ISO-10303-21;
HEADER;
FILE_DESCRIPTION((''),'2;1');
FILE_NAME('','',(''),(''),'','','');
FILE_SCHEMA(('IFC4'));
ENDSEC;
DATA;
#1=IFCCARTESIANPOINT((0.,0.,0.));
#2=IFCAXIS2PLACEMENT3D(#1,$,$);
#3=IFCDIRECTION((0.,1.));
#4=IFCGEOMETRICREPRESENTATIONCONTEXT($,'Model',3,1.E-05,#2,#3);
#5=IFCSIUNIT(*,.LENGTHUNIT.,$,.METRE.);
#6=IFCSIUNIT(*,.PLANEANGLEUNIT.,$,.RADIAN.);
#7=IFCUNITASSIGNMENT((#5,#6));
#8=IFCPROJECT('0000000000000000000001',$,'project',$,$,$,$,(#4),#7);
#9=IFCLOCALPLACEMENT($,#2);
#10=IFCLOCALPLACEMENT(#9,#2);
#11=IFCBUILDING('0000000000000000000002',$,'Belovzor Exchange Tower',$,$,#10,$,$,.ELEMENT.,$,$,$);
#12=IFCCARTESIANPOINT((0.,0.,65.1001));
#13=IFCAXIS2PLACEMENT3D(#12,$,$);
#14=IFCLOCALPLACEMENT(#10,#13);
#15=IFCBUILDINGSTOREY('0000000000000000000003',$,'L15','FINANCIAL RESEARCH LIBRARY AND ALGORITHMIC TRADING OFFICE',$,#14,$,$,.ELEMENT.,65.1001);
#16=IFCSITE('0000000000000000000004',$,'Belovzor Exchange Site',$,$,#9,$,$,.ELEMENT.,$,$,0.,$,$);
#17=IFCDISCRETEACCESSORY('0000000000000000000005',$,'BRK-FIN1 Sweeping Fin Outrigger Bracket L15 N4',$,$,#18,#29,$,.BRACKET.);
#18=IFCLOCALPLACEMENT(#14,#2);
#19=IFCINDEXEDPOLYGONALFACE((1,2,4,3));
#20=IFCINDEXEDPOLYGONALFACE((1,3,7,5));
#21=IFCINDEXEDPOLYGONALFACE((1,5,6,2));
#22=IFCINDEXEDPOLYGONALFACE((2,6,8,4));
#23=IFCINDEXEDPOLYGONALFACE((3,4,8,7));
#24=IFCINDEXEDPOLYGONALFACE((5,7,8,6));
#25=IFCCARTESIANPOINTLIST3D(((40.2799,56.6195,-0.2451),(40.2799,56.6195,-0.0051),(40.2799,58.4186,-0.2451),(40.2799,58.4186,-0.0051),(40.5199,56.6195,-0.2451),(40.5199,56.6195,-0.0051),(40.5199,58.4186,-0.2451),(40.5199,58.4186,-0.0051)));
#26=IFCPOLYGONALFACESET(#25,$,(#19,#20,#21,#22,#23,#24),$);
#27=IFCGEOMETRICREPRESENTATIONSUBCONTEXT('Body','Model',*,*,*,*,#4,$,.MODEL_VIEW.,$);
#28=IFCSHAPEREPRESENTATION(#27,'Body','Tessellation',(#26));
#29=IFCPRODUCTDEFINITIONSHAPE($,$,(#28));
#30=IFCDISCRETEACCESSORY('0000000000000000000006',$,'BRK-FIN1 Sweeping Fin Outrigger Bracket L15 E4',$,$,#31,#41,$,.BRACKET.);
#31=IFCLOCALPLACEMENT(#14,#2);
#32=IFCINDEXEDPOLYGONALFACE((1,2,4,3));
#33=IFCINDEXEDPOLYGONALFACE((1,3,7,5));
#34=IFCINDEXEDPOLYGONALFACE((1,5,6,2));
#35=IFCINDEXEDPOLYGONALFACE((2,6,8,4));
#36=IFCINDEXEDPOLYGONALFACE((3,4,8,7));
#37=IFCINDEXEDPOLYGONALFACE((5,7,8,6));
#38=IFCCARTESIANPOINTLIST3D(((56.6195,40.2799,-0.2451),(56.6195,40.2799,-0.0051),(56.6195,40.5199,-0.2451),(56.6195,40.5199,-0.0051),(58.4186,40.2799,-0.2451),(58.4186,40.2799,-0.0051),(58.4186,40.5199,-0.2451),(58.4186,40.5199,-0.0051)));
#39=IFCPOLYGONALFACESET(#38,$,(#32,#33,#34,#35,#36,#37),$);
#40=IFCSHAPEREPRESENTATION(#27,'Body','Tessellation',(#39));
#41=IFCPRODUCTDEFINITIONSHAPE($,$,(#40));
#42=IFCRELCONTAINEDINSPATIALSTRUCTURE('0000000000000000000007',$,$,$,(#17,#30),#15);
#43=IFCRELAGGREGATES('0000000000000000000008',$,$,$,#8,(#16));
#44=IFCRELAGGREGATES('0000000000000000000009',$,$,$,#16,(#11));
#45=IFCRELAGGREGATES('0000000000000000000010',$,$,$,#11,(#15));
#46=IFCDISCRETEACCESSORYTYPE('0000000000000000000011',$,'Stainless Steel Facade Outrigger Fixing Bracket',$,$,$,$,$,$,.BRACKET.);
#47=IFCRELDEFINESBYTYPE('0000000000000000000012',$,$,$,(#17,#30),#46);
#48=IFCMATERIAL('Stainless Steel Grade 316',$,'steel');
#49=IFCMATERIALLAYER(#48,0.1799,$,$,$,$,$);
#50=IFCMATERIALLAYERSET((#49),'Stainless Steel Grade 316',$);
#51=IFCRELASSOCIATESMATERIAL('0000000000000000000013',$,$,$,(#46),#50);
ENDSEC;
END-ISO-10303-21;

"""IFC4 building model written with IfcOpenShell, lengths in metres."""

from ifc_helpers import new_model, si_unit, direction, frame, origin, origin_2d, place, context, subcontext, project, spatial, rectangle, extrude, material, layer, layer_set, type_object, element, save


model = new_model("IFC4")

# Units and contexts
model_context = context("Model", 3, precision=1e-05, world=origin(), true_north=direction((0.0, 1.0)))
body_context = subcontext(model_context, "Body", "Model", "MODEL_VIEW")
ifc_project = project(units=[si_unit("LENGTHUNIT", "METRE"), si_unit("PLANEANGLEUNIT", "RADIAN")], contexts=[model_context])

# Site, building, storey
site_placement = place(None, origin())
site = spatial("IfcSite", under=ifc_project, at=site_placement, Name="Belovzor Exchange Site", CompositionType="ELEMENT", RefElevation=0.0)
building_placement = place(site_placement, origin())
building = spatial("IfcBuilding", under=site, at=building_placement, Name="Belovzor Exchange Tower", CompositionType="ELEMENT")
storey_placement = place(building_placement, frame((0.0, 0.0, 65.1001)))
storey = spatial("IfcBuildingStorey", under=building, at=storey_placement, Name="L15", Description="FINANCIAL RESEARCH LIBRARY AND ALGORITHMIC TRADING OFFICE", CompositionType="ELEMENT", Elevation=65.1001)

# Discrete accessories
ifc_material_1 = material(Name="Stainless Steel Grade 316", Category="steel")
ifc_layer_1 = layer(ifc_material_1, 0.1799)
ifc_layer_set_1 = layer_set([ifc_layer_1], Name="Stainless Steel Grade 316")
discrete_accessory_type = type_object("IfcDiscreteAccessoryType", Name="Stainless Steel Facade Outrigger Fixing Bracket", PredefinedType="BRACKET", material=ifc_layer_set_1)
for number, where, z_axis, x_axis, name in (
    (1, (40.3999, 57.519, -0.2451), (0.0, 0.0, 1.0), (0.0, 1.0, 0.0), "BRK-FIN1 Sweeping Fin Outrigger Bracket L15 N4"),
    (2, (57.519, 40.3999, -0.2451), (0.0, 0.0, 1.0), (1.0, 0.0, 0.0), "BRK-FIN1 Sweeping Fin Outrigger Bracket L15 E4"),
):
    element("IfcDiscreteAccessory", number, at=place(storey_placement, frame(where, z_axis=z_axis, x_axis=x_axis)), inside=storey, type_object=discrete_accessory_type, Name=name, PredefinedType="BRACKET", context=body_context, shape_type="SweptSolid", body=[
        extrude(rectangle(XDim=1.7991, YDim=0.24, at=origin_2d()), origin(), (0.0, 0.0, 1.0), 0.24),
    ])

save(model, "model.ifc")
